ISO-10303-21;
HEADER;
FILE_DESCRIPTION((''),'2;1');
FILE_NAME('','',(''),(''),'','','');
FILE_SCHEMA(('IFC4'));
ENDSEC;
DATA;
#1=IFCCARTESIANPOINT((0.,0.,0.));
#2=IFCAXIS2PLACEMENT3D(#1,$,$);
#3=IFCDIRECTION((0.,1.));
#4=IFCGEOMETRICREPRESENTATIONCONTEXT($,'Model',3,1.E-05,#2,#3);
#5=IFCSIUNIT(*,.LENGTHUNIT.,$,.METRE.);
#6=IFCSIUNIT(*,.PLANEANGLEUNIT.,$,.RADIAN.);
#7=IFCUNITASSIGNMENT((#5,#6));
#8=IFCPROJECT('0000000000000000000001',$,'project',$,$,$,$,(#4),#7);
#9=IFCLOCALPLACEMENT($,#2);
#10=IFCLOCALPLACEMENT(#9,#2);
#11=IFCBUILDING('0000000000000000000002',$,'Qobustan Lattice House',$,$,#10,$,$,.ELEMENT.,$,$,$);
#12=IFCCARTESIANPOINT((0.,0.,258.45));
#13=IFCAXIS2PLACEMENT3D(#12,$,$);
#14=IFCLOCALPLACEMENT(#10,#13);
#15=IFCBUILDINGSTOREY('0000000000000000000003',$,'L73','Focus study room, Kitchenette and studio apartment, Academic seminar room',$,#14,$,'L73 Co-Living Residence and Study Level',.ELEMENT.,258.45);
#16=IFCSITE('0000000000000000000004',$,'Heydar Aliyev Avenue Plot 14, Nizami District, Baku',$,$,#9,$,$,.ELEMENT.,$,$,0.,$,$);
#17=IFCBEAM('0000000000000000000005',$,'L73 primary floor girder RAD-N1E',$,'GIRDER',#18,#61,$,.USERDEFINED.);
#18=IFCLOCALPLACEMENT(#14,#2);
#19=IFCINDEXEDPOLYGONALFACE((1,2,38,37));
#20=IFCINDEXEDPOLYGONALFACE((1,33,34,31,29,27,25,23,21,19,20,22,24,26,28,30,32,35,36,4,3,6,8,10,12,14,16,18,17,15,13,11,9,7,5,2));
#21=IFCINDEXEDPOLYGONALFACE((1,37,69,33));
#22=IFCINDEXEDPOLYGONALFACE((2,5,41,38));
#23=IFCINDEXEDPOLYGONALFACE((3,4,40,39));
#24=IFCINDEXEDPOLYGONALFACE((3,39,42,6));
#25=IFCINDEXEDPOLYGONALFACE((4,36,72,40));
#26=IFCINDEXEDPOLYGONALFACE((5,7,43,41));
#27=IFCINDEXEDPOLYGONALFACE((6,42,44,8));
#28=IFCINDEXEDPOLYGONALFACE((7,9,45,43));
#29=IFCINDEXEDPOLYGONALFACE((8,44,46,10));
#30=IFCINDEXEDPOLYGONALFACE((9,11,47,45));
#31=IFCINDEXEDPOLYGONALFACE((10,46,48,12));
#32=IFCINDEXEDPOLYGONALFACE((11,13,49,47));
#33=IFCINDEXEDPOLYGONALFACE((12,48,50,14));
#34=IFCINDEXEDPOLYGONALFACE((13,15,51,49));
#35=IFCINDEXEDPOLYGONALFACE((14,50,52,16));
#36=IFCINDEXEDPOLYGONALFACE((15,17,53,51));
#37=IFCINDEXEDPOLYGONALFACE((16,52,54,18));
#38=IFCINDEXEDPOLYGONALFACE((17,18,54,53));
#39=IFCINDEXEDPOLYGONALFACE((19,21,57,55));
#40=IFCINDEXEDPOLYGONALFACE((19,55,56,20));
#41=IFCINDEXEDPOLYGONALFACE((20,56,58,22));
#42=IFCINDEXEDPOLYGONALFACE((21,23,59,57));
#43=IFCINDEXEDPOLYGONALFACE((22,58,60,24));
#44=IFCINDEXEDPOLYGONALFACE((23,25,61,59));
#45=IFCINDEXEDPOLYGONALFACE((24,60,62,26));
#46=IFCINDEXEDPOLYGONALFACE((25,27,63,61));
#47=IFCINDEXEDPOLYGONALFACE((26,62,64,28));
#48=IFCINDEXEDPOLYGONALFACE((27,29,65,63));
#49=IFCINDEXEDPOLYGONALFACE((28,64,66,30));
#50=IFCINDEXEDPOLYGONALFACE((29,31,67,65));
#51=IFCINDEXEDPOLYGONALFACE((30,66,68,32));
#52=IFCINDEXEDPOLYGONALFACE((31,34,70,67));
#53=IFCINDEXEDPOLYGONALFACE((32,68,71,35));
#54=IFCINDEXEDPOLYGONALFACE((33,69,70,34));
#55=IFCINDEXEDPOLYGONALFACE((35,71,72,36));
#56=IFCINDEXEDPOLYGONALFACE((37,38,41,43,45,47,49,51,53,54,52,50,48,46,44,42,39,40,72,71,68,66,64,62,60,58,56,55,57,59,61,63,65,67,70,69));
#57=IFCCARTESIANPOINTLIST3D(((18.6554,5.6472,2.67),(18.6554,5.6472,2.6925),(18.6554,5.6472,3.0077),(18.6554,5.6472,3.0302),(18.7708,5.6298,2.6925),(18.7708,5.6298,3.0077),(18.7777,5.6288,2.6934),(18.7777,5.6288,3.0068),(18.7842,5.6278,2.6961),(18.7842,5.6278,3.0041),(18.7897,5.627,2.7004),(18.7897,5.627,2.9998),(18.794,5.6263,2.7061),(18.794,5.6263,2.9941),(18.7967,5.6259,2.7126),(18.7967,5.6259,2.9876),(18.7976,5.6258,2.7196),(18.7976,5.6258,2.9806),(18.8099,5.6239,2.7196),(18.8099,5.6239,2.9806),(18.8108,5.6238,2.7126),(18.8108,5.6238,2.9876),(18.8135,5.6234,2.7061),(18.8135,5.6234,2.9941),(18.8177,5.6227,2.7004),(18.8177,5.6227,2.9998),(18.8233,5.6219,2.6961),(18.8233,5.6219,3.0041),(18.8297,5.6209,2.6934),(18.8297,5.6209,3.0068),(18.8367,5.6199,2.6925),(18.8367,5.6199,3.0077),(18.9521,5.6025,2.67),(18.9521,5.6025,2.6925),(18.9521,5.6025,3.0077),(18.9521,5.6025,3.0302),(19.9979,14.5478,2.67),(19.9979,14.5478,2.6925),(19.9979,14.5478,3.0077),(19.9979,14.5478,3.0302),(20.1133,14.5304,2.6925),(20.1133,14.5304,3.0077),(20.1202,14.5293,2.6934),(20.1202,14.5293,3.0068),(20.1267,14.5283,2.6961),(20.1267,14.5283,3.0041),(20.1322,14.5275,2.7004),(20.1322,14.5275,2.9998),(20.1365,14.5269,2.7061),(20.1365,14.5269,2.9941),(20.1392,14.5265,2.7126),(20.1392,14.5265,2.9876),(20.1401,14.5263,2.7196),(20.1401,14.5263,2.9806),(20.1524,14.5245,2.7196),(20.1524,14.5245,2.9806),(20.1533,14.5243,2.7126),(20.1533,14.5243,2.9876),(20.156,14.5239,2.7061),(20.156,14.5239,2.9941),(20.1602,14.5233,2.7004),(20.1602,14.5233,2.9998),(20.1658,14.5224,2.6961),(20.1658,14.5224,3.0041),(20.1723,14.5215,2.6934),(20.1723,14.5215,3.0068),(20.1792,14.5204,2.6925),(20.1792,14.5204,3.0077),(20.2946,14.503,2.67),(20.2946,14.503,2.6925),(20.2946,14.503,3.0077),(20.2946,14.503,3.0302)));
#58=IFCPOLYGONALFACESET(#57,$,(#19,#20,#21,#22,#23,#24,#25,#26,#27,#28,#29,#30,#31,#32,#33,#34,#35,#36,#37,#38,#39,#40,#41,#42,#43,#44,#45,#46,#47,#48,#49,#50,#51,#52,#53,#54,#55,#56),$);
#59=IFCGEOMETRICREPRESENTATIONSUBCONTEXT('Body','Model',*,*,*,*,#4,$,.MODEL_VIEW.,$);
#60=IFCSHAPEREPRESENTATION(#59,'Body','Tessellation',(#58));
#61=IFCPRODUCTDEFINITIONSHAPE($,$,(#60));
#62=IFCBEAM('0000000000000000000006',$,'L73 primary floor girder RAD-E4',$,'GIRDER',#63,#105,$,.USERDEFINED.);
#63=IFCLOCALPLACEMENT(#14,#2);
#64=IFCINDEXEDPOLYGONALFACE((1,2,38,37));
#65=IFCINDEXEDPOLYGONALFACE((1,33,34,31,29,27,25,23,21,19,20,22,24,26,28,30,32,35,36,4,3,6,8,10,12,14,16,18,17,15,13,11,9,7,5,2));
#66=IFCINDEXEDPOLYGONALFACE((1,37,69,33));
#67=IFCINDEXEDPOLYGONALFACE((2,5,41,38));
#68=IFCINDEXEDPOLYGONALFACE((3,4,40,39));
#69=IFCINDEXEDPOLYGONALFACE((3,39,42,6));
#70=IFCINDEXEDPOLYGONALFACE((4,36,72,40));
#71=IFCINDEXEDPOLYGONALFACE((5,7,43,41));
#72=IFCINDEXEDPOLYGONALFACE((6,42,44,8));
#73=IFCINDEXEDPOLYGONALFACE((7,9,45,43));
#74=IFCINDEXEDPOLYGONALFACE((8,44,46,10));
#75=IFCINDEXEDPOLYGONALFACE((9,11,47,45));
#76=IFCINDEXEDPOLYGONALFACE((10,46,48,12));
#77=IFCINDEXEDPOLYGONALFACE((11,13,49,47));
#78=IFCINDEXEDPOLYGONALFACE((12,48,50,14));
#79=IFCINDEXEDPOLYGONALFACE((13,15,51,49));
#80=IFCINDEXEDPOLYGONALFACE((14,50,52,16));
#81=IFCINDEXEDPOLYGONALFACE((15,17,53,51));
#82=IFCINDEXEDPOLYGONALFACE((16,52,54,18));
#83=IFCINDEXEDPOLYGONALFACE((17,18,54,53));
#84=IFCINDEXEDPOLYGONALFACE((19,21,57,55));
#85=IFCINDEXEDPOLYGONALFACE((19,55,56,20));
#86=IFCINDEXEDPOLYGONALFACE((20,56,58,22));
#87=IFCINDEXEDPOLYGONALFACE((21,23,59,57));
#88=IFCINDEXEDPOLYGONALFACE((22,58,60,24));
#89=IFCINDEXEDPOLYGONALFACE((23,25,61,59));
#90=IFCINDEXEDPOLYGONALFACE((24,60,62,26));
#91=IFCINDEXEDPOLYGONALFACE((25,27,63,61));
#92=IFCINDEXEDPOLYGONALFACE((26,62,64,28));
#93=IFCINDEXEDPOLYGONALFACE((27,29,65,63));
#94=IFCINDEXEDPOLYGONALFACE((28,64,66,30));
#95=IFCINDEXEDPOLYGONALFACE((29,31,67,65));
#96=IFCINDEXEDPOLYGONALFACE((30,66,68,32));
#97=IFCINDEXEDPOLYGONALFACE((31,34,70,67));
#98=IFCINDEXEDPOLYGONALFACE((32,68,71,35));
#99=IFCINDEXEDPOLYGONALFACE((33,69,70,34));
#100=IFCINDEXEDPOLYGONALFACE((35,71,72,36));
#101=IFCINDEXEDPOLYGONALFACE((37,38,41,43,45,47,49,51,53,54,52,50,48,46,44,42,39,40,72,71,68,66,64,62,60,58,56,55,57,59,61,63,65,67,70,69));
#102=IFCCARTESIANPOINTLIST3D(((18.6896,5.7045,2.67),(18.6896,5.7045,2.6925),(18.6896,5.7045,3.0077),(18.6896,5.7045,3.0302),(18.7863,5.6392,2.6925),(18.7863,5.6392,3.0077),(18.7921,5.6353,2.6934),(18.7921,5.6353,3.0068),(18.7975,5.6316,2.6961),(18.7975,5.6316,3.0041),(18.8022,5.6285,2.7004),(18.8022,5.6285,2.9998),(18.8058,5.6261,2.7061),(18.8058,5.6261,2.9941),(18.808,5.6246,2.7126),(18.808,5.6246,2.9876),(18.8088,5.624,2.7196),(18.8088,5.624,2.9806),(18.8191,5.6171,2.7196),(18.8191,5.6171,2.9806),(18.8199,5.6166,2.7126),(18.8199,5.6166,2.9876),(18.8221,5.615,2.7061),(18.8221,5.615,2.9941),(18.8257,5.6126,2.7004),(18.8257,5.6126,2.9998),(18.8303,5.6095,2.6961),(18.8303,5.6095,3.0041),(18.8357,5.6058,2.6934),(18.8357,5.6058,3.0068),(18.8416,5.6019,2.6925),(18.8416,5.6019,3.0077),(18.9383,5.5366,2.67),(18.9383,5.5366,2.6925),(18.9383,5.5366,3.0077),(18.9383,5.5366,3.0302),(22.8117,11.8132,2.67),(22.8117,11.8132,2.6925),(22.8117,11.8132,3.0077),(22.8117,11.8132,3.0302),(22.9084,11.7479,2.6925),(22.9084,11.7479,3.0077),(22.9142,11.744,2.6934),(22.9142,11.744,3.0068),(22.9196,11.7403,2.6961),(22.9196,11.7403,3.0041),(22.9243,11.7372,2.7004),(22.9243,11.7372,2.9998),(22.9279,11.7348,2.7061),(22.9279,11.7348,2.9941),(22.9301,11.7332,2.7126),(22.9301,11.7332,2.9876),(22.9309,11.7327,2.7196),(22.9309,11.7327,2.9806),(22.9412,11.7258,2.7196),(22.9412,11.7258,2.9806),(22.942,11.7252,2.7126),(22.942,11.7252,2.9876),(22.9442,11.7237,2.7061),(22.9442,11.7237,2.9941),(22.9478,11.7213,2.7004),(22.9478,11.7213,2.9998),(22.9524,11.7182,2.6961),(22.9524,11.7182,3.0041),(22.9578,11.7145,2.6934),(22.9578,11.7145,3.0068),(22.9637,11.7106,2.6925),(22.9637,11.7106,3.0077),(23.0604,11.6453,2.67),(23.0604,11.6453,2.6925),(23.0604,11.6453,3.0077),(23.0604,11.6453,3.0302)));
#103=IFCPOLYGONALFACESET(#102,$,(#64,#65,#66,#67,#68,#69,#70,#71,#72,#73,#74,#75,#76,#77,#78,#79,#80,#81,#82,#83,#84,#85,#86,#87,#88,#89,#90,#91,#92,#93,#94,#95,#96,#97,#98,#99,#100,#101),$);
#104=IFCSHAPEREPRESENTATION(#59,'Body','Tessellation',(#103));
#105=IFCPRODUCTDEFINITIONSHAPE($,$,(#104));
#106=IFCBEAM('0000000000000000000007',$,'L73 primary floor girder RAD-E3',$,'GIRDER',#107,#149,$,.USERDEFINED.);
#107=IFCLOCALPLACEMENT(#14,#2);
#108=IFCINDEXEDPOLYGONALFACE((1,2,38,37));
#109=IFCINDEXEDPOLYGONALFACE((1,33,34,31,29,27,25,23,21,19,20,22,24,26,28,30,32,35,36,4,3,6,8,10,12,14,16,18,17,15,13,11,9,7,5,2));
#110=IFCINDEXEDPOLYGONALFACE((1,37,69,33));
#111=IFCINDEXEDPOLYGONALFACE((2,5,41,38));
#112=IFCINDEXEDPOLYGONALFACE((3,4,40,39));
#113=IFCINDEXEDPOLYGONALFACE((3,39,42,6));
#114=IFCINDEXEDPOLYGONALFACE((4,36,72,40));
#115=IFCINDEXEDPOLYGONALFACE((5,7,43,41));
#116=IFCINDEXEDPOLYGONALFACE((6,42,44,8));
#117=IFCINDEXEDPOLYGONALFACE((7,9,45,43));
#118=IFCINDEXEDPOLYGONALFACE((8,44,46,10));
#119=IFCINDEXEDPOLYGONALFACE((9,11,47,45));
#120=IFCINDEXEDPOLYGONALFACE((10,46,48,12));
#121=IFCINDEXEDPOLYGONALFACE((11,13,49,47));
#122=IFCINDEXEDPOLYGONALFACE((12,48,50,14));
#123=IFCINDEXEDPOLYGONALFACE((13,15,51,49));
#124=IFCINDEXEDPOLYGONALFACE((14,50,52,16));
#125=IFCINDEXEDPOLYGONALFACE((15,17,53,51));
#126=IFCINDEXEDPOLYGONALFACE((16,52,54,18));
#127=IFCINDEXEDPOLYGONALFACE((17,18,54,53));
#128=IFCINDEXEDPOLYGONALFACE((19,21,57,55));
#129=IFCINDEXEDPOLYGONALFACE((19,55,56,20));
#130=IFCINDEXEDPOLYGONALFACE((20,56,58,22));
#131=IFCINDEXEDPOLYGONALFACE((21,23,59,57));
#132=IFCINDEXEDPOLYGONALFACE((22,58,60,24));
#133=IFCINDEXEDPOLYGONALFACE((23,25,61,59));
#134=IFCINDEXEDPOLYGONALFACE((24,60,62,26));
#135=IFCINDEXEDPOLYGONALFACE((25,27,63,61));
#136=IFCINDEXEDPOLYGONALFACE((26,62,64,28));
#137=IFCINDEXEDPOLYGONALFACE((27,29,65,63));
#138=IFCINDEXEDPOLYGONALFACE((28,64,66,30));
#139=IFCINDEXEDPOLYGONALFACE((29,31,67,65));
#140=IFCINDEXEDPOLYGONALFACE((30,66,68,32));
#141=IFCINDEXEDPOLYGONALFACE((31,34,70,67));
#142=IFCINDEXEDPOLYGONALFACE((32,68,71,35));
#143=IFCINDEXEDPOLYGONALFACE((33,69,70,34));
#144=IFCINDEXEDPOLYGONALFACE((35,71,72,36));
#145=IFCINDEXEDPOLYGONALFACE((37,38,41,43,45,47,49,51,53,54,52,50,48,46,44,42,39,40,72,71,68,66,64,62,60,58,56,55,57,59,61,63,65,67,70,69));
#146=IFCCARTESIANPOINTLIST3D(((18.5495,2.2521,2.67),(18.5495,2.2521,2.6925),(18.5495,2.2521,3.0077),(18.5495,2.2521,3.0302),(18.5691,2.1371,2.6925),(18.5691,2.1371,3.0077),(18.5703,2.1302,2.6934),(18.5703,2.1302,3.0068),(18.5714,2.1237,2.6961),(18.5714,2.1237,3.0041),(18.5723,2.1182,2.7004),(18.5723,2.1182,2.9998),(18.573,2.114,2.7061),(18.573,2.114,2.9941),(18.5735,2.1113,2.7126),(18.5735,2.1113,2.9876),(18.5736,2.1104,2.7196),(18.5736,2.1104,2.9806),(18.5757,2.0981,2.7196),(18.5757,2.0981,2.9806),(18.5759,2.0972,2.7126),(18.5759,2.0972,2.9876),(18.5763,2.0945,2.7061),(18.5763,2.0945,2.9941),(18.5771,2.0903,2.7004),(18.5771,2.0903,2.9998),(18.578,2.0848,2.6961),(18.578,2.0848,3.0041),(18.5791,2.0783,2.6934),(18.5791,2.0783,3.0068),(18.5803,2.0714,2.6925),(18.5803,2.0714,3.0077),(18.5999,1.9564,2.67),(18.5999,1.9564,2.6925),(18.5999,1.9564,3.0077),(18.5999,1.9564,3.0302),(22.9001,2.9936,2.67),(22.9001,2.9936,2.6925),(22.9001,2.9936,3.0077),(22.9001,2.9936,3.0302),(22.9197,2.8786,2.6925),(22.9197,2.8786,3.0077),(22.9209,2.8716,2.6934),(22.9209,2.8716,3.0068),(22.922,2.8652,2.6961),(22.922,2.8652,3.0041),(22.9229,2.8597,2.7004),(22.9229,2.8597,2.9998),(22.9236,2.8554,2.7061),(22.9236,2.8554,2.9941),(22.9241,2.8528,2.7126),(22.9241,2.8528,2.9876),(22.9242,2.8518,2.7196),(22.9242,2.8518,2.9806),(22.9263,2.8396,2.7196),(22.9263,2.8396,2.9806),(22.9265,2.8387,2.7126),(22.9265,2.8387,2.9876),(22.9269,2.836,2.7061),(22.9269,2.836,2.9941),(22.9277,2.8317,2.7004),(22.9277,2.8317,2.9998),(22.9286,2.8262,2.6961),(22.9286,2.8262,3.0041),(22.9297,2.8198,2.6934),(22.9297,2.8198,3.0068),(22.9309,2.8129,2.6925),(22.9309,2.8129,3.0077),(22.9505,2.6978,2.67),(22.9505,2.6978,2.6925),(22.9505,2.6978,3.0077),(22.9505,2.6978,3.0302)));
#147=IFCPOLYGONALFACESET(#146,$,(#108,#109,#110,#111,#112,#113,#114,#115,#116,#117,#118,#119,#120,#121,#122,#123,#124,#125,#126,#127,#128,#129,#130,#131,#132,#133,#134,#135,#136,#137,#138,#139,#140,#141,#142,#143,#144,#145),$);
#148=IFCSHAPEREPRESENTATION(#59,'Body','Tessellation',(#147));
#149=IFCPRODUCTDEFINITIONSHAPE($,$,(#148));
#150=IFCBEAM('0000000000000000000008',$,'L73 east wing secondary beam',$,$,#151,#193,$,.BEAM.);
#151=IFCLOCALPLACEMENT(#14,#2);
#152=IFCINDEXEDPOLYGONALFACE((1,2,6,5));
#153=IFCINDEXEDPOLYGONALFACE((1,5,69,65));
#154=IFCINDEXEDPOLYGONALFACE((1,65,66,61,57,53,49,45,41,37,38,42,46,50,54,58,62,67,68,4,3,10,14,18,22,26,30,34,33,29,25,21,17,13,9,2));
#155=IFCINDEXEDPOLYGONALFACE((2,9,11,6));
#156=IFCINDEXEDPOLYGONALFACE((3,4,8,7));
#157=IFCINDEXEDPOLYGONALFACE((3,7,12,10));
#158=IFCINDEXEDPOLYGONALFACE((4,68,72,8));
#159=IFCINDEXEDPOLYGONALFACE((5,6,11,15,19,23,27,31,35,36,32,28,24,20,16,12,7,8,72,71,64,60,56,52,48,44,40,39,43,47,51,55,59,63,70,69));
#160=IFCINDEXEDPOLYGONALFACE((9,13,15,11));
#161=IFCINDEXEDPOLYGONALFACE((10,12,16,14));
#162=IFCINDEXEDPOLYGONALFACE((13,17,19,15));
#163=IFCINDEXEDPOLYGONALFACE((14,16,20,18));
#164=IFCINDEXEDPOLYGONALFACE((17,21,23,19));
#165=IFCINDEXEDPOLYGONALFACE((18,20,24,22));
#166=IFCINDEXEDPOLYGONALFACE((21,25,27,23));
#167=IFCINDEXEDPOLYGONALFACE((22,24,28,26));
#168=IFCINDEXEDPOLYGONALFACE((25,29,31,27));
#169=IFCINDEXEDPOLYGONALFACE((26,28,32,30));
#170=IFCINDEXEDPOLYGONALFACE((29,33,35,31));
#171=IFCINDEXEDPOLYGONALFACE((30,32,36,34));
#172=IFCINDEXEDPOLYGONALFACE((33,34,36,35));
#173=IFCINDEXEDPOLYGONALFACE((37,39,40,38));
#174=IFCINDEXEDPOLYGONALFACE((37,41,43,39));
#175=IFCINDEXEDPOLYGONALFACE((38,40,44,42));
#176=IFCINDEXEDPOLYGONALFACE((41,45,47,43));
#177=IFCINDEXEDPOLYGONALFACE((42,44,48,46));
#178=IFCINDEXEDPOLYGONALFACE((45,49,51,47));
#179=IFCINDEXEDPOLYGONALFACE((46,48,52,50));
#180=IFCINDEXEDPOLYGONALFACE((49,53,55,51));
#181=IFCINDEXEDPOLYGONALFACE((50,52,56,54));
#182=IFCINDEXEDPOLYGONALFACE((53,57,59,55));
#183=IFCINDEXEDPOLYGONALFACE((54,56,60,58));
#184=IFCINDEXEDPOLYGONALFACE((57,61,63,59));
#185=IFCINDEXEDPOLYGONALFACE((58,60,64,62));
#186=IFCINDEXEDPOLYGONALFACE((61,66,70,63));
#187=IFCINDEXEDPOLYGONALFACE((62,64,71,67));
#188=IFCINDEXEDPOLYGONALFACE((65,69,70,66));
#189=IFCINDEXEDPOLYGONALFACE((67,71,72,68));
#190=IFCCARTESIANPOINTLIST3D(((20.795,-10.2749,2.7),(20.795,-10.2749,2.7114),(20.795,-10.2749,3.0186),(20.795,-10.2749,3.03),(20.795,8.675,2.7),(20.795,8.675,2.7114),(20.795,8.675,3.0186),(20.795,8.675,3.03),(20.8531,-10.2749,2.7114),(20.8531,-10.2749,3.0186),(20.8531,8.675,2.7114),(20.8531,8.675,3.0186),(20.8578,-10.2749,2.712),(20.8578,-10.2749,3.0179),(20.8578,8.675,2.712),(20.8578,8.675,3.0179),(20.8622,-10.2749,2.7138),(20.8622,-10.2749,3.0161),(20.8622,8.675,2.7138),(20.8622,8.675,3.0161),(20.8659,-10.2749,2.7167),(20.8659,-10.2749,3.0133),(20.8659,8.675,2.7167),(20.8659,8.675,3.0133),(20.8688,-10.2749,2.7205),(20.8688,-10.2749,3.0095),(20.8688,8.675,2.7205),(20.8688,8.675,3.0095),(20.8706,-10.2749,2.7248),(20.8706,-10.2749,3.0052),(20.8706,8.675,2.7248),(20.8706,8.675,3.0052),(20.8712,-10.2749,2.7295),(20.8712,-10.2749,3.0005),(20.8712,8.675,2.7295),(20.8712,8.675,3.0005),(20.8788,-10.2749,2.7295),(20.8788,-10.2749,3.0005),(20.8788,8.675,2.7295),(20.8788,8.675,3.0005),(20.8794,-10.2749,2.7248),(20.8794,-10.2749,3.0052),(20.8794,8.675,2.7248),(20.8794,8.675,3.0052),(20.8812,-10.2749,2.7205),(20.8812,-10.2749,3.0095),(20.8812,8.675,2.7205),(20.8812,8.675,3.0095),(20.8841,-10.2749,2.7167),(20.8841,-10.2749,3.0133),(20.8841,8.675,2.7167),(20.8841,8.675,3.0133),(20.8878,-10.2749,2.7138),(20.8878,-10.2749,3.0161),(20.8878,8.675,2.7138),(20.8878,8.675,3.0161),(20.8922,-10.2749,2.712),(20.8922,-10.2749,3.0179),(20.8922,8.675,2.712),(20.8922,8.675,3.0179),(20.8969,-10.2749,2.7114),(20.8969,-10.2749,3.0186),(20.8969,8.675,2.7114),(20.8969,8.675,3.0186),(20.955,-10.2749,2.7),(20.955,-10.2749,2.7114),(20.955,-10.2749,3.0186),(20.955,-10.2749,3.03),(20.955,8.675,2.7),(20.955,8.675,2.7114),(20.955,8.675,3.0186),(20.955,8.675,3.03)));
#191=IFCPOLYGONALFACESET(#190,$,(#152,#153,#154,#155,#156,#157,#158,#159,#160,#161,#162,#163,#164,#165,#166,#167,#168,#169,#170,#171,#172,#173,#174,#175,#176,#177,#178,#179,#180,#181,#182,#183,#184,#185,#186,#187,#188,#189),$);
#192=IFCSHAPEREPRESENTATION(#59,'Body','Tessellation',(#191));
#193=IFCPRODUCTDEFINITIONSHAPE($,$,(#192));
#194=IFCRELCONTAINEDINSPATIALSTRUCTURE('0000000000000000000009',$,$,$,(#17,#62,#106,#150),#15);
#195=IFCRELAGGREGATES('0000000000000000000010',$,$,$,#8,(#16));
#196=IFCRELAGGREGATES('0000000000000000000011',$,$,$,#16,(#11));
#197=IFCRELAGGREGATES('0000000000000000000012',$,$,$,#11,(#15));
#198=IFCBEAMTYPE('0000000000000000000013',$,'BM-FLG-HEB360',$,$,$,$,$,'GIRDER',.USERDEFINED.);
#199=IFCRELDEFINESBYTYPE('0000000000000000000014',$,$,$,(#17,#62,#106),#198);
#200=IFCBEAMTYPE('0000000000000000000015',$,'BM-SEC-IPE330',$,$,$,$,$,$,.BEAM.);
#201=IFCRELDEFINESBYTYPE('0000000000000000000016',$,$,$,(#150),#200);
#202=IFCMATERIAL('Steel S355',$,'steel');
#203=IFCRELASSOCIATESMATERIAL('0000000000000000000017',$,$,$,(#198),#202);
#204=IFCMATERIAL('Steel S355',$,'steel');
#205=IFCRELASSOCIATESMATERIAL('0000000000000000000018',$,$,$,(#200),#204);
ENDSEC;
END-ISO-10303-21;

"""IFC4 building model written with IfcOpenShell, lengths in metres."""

from ifc_helpers import new_model, si_unit, direction, frame, origin, origin_2d, place, context, subcontext, project, spatial, i_section, extrude, material, material_profile, profile_set, type_object, element, save


model = new_model("IFC4")

# Units and contexts
model_context = context("Model", 3, precision=1e-05, world=origin(), true_north=direction((0.0, 1.0)))
body_context = subcontext(model_context, "Body", "Model", "MODEL_VIEW")
ifc_project = project(units=[si_unit("LENGTHUNIT", "METRE"), si_unit("PLANEANGLEUNIT", "RADIAN")], contexts=[model_context])

# Site, building, storey
site_placement = place(None, origin())
site = spatial("IfcSite", under=ifc_project, at=site_placement, Name="Heydar Aliyev Avenue Plot 14, Nizami District, Baku", CompositionType="ELEMENT", RefElevation=0.0)
building_placement = place(site_placement, origin())
building = spatial("IfcBuilding", under=site, at=building_placement, Name="Qobustan Lattice House", CompositionType="ELEMENT")
storey_placement = place(building_placement, frame((0.0, 0.0, 258.45)))
storey = spatial("IfcBuildingStorey", under=building, at=storey_placement, Name="L73", Description="Focus study room, Kitchenette and studio apartment, Academic seminar room", LongName="L73 Co-Living Residence and Study Level", CompositionType="ELEMENT", Elevation=258.45)

# Beams
ifc_material_1 = material(Name="Steel S355", Category="steel")
ifc_material_profile_1 = material_profile(ifc_material_1, i_section(OverallWidth=0.3, OverallDepth=0.3601, WebThickness=0.0125, FlangeThickness=0.0225, FilletRadius=0.0271, at=origin_2d()), Name="HEB360")
ifc_profile_set_1 = profile_set([ifc_material_profile_1], Name="Steel S355")
beam_type_1 = type_object("IfcBeamType", Name="BM-FLG-HEB360", ElementType="GIRDER", PredefinedType="USERDEFINED", material=ifc_profile_set_1)
beam_1_placement = place(storey_placement, frame((20.1462, 14.5254, 2.8501), z_axis=(-0.149148, -0.988815, 0.0), x_axis=(0.988815, -0.149148, 0.0)))
element("IfcBeam", 1, at=beam_1_placement, inside=storey, type_object=beam_type_1, Name="L73 primary floor girder RAD-N1E", ObjectType="GIRDER", PredefinedType="USERDEFINED", context=body_context, shape_type="SweptSolid", body=[
    extrude(i_section(OverallWidth=0.3, OverallDepth=0.3601, WebThickness=0.0125, FlangeThickness=0.0225, FilletRadius=0.0271, at=origin_2d()), origin(), (0.0, 0.0, 1.0), 9.0012),
])
beam_2_placement = place(storey_placement, frame((22.936, 11.7292, 2.8501), z_axis=(-0.559355, -0.828928, 0.0), x_axis=(0.828928, -0.559355, 0.0)))
element("IfcBeam", 2, at=beam_2_placement, inside=storey, type_object=beam_type_1, Name="L73 primary floor girder RAD-E4", ObjectType="GIRDER", PredefinedType="USERDEFINED", context=body_context, shape_type="SweptSolid", body=[
    extrude(i_section(OverallWidth=0.3, OverallDepth=0.3601, WebThickness=0.0125, FlangeThickness=0.0225, FilletRadius=0.0271, at=origin_2d()), origin(), (0.0, 0.0, 1.0), 7.3694),
])
beam_3_placement = place(storey_placement, frame((22.9253, 2.8457, 2.8501), z_axis=(-0.985786, -0.168004, 0.0), x_axis=(0.168004, -0.985786, 0.0)))
element("IfcBeam", 3, at=beam_3_placement, inside=storey, type_object=beam_type_1, Name="L73 primary floor girder RAD-E3", ObjectType="GIRDER", PredefinedType="USERDEFINED", context=body_context, shape_type="SweptSolid", body=[
    extrude(i_section(OverallWidth=0.3, OverallDepth=0.3601, WebThickness=0.0125, FlangeThickness=0.0225, FilletRadius=0.0271, at=origin_2d()), origin(), (0.0, 0.0, 1.0), 4.4133),
])
ifc_material_2 = material(Name="Steel S355", Category="steel")
ifc_material_profile_2 = material_profile(ifc_material_2, i_section(OverallWidth=0.1599, OverallDepth=0.3301, WebThickness=0.0076, FlangeThickness=0.0115, FilletRadius=0.0181, at=origin_2d()), Name="IPE330")
ifc_profile_set_2 = profile_set([ifc_material_profile_2], Name="Steel S355")
beam_type_2 = type_object("IfcBeamType", Name="BM-SEC-IPE330", PredefinedType="BEAM", material=ifc_profile_set_2)
beam_4_placement = place(storey_placement, frame((20.875, 8.675, 2.865), z_axis=(0.0, -1.0, 0.0), x_axis=(1.0, 0.0, 0.0)))
element("IfcBeam", 4, at=beam_4_placement, inside=storey, type_object=beam_type_2, Name="L73 east wing secondary beam", PredefinedType="BEAM", context=body_context, shape_type="SweptSolid", body=[
    extrude(i_section(OverallWidth=0.1599, OverallDepth=0.3301, WebThickness=0.0076, FlangeThickness=0.0115, FilletRadius=0.0181, at=origin_2d()), origin(), (0.0, 0.0, 1.0), 18.95),
])

save(model, "model.ifc")
